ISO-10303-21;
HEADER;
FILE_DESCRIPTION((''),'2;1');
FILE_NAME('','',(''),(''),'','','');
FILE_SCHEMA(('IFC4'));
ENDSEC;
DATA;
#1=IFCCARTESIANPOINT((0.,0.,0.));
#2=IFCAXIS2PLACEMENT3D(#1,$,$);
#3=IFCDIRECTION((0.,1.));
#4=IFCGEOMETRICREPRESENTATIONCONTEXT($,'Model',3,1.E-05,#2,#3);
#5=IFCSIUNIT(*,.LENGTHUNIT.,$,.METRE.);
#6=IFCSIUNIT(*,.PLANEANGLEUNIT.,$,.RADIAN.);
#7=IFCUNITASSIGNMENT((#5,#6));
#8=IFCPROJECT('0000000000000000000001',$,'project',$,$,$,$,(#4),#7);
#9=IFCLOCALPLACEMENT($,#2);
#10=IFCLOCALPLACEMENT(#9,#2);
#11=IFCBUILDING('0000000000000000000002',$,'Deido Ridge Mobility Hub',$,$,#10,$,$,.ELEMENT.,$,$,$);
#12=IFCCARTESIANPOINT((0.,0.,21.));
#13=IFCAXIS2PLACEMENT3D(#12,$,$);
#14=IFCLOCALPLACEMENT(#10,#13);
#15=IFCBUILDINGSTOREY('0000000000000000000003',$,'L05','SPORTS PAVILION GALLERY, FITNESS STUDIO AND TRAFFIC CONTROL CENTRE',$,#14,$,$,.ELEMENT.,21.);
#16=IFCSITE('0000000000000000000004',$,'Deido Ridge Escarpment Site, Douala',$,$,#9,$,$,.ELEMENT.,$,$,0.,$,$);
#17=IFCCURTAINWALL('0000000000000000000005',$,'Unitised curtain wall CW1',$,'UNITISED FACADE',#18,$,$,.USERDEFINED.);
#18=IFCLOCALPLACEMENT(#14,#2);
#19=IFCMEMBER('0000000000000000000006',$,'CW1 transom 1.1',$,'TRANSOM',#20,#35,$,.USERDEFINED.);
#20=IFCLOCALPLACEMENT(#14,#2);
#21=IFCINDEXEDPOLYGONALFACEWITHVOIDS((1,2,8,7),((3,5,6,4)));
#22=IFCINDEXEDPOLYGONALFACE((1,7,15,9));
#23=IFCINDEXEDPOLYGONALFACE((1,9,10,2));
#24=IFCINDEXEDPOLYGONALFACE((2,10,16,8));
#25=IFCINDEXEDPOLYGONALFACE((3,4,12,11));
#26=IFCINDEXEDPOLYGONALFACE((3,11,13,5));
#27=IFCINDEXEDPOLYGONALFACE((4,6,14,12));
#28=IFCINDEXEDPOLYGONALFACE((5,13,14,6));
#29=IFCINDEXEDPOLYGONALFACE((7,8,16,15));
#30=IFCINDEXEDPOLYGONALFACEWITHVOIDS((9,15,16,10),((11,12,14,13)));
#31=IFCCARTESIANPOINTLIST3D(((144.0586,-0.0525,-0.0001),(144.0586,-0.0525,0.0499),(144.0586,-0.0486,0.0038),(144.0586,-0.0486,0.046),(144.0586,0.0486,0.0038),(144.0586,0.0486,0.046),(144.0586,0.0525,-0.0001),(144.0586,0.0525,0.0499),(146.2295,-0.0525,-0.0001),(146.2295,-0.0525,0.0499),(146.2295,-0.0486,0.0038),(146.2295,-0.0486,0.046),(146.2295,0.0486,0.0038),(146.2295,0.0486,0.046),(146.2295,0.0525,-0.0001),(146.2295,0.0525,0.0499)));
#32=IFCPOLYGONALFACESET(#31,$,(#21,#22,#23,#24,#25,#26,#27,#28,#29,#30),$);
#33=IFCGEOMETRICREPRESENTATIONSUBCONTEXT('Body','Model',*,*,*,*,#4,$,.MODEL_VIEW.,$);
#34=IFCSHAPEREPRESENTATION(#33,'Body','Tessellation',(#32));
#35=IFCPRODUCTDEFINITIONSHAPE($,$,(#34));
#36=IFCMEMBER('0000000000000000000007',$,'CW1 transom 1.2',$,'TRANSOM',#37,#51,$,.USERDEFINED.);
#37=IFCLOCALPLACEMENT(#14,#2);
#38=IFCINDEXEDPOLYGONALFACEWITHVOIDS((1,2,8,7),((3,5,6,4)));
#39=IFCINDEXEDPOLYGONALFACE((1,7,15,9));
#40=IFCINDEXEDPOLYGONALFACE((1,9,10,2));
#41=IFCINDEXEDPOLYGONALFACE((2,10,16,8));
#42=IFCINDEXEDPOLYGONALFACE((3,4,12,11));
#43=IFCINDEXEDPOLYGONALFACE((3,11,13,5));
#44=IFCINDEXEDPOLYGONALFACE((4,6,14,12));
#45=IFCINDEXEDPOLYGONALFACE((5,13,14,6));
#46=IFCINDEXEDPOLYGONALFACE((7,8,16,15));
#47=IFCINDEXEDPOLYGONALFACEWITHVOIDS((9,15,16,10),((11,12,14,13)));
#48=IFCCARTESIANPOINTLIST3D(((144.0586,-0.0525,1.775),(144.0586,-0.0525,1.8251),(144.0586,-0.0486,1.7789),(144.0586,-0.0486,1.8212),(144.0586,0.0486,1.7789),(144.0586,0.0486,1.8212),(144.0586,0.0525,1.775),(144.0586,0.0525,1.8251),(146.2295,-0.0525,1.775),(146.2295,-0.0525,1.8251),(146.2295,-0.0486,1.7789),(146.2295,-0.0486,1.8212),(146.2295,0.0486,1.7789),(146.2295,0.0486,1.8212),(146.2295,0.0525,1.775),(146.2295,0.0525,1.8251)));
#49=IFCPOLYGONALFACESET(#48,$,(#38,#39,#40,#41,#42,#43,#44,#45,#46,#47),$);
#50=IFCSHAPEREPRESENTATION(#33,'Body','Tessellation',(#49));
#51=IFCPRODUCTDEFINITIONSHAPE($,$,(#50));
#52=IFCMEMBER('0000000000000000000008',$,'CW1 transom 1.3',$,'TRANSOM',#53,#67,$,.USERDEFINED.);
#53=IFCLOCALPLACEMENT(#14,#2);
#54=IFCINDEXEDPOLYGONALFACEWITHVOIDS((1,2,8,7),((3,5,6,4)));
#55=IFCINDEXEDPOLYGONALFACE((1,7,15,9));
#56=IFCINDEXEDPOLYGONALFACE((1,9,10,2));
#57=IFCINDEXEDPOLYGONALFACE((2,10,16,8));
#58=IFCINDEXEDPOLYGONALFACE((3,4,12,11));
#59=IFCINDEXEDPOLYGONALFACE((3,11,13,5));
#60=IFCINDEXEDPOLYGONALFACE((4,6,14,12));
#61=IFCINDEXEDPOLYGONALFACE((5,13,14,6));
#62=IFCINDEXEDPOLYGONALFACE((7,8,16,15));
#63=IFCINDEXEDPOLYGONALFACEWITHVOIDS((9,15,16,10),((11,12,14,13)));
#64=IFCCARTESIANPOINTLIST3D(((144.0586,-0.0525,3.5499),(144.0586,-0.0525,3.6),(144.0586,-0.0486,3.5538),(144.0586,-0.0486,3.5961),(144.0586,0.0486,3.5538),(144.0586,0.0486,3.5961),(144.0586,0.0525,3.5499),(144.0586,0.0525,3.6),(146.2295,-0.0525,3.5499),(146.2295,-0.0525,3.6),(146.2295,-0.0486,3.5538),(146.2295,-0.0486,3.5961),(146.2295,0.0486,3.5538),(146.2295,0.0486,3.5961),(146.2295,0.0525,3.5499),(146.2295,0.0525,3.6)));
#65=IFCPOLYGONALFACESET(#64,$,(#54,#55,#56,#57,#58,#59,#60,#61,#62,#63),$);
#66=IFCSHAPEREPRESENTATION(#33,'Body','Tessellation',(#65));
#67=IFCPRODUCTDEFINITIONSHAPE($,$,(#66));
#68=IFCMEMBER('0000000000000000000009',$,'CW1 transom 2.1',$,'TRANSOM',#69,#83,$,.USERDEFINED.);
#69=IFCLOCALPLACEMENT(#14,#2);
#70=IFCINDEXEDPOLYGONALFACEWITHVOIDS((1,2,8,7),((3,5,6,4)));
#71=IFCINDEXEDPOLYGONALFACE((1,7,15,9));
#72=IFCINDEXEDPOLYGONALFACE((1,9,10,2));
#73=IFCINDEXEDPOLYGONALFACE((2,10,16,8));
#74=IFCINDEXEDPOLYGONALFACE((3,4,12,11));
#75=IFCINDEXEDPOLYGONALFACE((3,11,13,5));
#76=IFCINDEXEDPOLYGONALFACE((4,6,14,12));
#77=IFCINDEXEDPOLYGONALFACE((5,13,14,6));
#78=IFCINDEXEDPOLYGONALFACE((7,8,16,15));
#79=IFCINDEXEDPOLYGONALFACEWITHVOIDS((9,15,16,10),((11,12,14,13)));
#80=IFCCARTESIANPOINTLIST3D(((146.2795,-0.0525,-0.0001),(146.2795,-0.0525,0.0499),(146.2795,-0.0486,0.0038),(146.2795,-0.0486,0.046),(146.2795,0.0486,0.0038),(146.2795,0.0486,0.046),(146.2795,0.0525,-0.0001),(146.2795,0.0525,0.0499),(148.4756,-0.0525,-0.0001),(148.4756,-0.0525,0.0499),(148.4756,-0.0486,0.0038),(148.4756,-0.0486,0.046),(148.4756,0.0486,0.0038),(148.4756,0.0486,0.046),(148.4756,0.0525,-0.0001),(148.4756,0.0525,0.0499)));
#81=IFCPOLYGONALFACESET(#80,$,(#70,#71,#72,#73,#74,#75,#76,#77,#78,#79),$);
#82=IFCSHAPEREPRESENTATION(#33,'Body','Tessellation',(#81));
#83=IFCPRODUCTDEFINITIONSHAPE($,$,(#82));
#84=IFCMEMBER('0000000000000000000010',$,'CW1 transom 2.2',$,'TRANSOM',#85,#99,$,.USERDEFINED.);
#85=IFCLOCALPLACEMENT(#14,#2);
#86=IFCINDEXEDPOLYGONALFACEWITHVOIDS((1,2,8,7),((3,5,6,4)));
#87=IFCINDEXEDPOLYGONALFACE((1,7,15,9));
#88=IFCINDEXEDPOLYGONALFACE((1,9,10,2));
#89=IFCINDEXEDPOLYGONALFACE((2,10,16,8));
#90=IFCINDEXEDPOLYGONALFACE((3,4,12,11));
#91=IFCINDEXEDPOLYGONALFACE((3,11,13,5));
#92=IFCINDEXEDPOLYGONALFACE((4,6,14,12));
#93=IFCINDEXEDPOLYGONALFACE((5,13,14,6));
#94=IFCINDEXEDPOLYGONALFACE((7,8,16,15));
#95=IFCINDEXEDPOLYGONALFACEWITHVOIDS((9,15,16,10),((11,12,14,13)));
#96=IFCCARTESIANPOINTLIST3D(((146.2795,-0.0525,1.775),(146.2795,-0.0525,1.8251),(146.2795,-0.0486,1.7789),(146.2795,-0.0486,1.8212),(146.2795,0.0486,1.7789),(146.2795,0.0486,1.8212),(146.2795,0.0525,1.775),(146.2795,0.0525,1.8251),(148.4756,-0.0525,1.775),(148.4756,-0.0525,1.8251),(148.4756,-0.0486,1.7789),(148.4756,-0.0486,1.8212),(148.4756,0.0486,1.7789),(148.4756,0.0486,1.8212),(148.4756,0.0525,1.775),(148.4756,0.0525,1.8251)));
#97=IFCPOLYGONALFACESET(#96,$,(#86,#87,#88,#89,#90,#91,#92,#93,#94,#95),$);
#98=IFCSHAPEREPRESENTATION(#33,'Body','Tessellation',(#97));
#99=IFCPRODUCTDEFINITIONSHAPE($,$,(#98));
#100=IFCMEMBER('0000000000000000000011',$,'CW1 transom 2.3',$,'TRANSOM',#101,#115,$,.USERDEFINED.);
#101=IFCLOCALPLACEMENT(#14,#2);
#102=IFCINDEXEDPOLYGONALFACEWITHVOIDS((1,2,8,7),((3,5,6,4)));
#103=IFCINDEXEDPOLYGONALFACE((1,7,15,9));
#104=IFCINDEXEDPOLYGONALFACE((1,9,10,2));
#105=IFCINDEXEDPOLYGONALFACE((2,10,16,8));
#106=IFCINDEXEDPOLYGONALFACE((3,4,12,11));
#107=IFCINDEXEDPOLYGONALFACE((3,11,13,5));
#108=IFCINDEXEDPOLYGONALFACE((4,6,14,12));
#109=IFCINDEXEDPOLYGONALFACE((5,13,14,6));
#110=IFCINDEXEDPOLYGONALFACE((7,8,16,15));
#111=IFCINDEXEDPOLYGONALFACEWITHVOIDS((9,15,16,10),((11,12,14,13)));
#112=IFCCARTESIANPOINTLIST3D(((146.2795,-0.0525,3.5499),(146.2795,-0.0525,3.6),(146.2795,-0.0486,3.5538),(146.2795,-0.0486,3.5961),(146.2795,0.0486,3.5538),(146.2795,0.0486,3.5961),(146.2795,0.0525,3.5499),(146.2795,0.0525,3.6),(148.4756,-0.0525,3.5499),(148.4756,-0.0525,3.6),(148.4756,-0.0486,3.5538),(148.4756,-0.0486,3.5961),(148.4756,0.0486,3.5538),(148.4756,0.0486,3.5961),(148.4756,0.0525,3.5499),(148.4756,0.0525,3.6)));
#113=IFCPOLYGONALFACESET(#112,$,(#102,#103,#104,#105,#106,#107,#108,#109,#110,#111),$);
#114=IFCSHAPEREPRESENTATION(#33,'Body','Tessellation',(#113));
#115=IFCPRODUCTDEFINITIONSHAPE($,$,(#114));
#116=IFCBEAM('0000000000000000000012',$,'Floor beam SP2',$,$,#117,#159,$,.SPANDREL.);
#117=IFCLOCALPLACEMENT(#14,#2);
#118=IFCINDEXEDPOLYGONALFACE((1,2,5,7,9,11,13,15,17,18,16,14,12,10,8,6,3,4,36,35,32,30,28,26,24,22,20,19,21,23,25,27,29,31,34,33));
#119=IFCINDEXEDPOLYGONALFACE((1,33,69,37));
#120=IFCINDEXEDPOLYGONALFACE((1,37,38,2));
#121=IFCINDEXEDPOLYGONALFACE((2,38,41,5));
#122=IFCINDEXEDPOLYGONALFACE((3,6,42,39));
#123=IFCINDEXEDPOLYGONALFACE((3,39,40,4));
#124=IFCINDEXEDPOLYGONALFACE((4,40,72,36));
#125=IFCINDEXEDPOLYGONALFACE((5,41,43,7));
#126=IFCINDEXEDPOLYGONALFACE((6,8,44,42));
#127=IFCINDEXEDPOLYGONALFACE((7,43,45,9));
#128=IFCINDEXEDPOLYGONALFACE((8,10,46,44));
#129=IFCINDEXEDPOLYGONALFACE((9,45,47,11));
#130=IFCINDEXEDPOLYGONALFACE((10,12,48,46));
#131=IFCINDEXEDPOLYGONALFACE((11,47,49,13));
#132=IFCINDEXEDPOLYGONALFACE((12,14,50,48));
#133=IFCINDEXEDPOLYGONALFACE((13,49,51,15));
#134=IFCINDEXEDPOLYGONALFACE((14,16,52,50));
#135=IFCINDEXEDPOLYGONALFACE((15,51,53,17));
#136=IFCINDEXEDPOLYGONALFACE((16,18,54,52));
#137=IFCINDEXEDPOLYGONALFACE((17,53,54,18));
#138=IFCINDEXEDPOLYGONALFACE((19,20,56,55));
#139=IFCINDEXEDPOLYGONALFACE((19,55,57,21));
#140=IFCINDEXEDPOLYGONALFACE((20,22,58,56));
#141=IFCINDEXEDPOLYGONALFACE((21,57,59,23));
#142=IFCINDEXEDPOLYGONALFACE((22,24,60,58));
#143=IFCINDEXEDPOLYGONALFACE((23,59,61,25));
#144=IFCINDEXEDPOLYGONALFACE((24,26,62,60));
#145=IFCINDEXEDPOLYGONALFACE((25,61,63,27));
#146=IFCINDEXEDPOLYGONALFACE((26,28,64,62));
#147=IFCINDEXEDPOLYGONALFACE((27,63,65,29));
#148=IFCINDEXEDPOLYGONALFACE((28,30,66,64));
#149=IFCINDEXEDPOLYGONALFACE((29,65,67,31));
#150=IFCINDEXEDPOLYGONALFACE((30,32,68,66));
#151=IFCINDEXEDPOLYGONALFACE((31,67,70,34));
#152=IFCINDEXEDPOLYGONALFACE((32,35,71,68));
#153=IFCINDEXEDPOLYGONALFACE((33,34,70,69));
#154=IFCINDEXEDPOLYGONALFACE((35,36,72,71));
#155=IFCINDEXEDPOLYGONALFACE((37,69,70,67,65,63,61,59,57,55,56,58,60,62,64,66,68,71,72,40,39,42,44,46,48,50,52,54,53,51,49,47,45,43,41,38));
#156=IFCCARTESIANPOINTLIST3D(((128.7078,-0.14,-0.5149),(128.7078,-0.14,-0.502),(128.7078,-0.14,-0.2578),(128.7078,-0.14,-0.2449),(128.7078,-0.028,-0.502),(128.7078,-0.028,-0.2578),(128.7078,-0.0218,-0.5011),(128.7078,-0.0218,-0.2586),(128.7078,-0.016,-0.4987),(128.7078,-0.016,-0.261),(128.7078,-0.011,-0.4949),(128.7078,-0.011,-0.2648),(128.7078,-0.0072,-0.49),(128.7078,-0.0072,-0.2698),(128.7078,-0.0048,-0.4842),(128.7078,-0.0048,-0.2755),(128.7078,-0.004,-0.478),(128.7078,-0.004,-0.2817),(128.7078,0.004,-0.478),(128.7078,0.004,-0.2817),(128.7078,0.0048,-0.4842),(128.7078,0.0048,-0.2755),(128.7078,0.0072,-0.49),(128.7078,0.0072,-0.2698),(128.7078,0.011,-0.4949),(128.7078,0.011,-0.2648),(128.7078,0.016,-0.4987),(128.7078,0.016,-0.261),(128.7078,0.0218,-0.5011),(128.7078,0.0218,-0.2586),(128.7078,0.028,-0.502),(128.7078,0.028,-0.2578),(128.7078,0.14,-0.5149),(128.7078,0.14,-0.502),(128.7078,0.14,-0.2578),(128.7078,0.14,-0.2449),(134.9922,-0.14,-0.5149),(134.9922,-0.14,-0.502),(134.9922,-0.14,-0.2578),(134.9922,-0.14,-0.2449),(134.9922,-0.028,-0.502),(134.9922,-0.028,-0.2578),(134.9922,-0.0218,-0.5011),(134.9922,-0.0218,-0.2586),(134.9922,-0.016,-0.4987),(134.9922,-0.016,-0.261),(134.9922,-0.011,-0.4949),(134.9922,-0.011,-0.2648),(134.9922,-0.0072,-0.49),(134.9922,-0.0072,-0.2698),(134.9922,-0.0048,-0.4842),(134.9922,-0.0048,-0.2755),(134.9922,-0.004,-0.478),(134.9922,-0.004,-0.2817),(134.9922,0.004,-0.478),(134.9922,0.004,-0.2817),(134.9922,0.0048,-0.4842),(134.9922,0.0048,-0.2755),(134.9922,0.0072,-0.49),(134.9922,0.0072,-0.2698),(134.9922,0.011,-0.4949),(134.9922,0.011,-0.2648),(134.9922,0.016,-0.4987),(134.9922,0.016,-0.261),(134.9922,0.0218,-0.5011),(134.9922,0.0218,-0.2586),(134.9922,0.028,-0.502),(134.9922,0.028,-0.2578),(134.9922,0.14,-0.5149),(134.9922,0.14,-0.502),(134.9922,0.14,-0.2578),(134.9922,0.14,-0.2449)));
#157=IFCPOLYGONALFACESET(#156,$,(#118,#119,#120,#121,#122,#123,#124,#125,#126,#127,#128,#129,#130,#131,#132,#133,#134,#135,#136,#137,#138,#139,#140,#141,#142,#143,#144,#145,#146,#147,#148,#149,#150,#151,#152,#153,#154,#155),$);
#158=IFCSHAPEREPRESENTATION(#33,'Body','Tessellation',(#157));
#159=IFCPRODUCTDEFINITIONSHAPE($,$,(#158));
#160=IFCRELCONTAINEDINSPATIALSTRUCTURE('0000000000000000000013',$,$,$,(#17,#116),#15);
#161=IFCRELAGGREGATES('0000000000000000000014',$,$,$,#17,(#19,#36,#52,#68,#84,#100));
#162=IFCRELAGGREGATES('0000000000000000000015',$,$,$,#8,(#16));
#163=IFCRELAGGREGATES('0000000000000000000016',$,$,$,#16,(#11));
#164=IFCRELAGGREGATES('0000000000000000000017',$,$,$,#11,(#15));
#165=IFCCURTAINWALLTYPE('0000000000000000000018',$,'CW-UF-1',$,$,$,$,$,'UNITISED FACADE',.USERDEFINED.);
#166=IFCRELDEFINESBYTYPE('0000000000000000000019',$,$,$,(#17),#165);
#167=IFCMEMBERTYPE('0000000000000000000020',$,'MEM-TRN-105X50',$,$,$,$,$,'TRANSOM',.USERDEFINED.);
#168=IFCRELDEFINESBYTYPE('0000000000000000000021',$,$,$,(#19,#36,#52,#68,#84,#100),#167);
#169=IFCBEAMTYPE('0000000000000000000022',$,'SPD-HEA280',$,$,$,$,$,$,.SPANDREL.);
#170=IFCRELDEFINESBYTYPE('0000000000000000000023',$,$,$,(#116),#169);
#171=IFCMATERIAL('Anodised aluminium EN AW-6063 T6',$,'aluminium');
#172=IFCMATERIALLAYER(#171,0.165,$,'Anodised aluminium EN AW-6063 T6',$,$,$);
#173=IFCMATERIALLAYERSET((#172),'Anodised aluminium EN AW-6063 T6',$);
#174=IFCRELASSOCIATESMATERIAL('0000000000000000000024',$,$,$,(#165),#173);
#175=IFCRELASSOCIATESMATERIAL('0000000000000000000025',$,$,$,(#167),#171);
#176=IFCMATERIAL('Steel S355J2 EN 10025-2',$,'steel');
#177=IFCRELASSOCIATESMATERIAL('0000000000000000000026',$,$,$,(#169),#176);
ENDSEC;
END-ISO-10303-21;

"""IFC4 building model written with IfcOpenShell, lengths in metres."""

from ifc_helpers import new_model, si_unit, direction, frame, origin, origin_2d, place, context, subcontext, project, spatial, hollow_rectangle, i_section, extrude, material, layer, layer_set, material_profile, profile_set, type_object, element, aggregate, save


model = new_model("IFC4")

# Units and contexts
model_context = context("Model", 3, precision=1e-05, world=origin(), true_north=direction((0.0, 1.0)))
body_context = subcontext(model_context, "Body", "Model", "MODEL_VIEW")
ifc_project = project(units=[si_unit("LENGTHUNIT", "METRE"), si_unit("PLANEANGLEUNIT", "RADIAN")], contexts=[model_context])

# Site, building, storey
site_placement = place(None, origin())
site = spatial("IfcSite", under=ifc_project, at=site_placement, Name="Deido Ridge Escarpment Site, Douala", CompositionType="ELEMENT", RefElevation=0.0)
building_placement = place(site_placement, origin())
building = spatial("IfcBuilding", under=site, at=building_placement, Name="Deido Ridge Mobility Hub", CompositionType="ELEMENT")
storey_placement = place(building_placement, frame((0.0, 0.0, 21.0)))
storey = spatial("IfcBuildingStorey", under=building, at=storey_placement, Name="L05", Description="SPORTS PAVILION GALLERY, FITNESS STUDIO AND TRAFFIC CONTROL CENTRE", CompositionType="ELEMENT", Elevation=21.0)

# Shared definitions
ifc_material_1 = material(Name="Steel S355J2 EN 10025-2", Category="steel")

# Curtain wall
ifc_material_2 = material(Name="Anodised aluminium EN AW-6063 T6", Category="aluminium")
ifc_layer_1 = layer(ifc_material_2, 0.165, Name="Anodised aluminium EN AW-6063 T6")
ifc_layer_set_1 = layer_set([ifc_layer_1], Name="Anodised aluminium EN AW-6063 T6")
curtain_wall_type = type_object("IfcCurtainWallType", Name="CW-UF-1", ElementType="UNITISED FACADE", PredefinedType="USERDEFINED", material=ifc_layer_set_1)
curtain_wall_placement = place(storey_placement, origin())
curtain_wall = element("IfcCurtainWall", 1, at=curtain_wall_placement, inside=storey, type_object=curtain_wall_type, Name="Unitised curtain wall CW1", ObjectType="UNITISED FACADE", PredefinedType="USERDEFINED")

# Members
ifc_material_profile_1 = material_profile(ifc_material_2, hollow_rectangle(XDim=0.105, YDim=0.05, WallThickness=0.0039, at=origin_2d()), Name="RHS 105x50x4")
ifc_profile_set_1 = profile_set([ifc_material_profile_1], Name="Anodised aluminium EN AW-6063 T6")
member_type_1 = type_object("IfcMemberType", Name="MEM-TRN-105X50", ElementType="TRANSOM", PredefinedType="USERDEFINED", material=ifc_profile_set_1)
member_1_placement = place(storey_placement, frame((144.0586, 0.0, 0.0249), z_axis=(1.0, 0.0, 0.0), x_axis=(0.0, 1.0, 0.0)))
member_1 = element("IfcMember", 2, at=member_1_placement, type_object=member_type_1, Name="CW1 transom 1.1", ObjectType="TRANSOM", PredefinedType="USERDEFINED", context=body_context, shape_type="SweptSolid", body=[
    extrude(hollow_rectangle(XDim=0.105, YDim=0.05, WallThickness=0.0039, at=origin_2d()), origin(), (0.0, 0.0, 1.0), 2.1709),
])
member_2_placement = place(storey_placement, frame((144.0586, 0.0, 1.8), z_axis=(1.0, 0.0, 0.0), x_axis=(0.0, 1.0, 0.0)))
member_2 = element("IfcMember", 3, at=member_2_placement, type_object=member_type_1, Name="CW1 transom 1.2", ObjectType="TRANSOM", PredefinedType="USERDEFINED", context=body_context, shape_type="SweptSolid", body=[
    extrude(hollow_rectangle(XDim=0.105, YDim=0.05, WallThickness=0.0039, at=origin_2d()), origin(), (0.0, 0.0, 1.0), 2.1709),
])
member_3_placement = place(storey_placement, frame((144.0586, 0.0, 3.575), z_axis=(1.0, 0.0, 0.0), x_axis=(0.0, 1.0, 0.0)))
member_3 = element("IfcMember", 4, at=member_3_placement, type_object=member_type_1, Name="CW1 transom 1.3", ObjectType="TRANSOM", PredefinedType="USERDEFINED", context=body_context, shape_type="SweptSolid", body=[
    extrude(hollow_rectangle(XDim=0.105, YDim=0.05, WallThickness=0.0039, at=origin_2d()), origin(), (0.0, 0.0, 1.0), 2.1709),
])
member_4_placement = place(storey_placement, frame((146.2795, 0.0, 0.0249), z_axis=(1.0, 0.0, 0.0), x_axis=(0.0, 1.0, 0.0)))
member_4 = element("IfcMember", 5, at=member_4_placement, type_object=member_type_1, Name="CW1 transom 2.1", ObjectType="TRANSOM", PredefinedType="USERDEFINED", context=body_context, shape_type="SweptSolid", body=[
    extrude(hollow_rectangle(XDim=0.105, YDim=0.05, WallThickness=0.0039, at=origin_2d()), origin(), (0.0, 0.0, 1.0), 2.196),
])
member_5_placement = place(storey_placement, frame((146.2795, 0.0, 1.8), z_axis=(1.0, 0.0, 0.0), x_axis=(0.0, 1.0, 0.0)))
member_5 = element("IfcMember", 6, at=member_5_placement, type_object=member_type_1, Name="CW1 transom 2.2", ObjectType="TRANSOM", PredefinedType="USERDEFINED", context=body_context, shape_type="SweptSolid", body=[
    extrude(hollow_rectangle(XDim=0.105, YDim=0.05, WallThickness=0.0039, at=origin_2d()), origin(), (0.0, 0.0, 1.0), 2.196),
])
member_6_placement = place(storey_placement, frame((146.2795, 0.0, 3.575), z_axis=(1.0, 0.0, 0.0), x_axis=(0.0, 1.0, 0.0)))
member_6 = element("IfcMember", 7, at=member_6_placement, type_object=member_type_1, Name="CW1 transom 2.3", ObjectType="TRANSOM", PredefinedType="USERDEFINED", context=body_context, shape_type="SweptSolid", body=[
    extrude(hollow_rectangle(XDim=0.105, YDim=0.05, WallThickness=0.0039, at=origin_2d()), origin(), (0.0, 0.0, 1.0), 2.196),
])

# Beam
ifc_material_profile_2 = material_profile(ifc_material_1, i_section(OverallWidth=0.28, OverallDepth=0.27, WebThickness=0.0081, FlangeThickness=0.0129, FilletRadius=0.0239, at=origin_2d()), Name="HEA 280")
ifc_profile_set_2 = profile_set([ifc_material_profile_2], Name="Steel S355J2 EN 10025-2")
beam_type_1 = type_object("IfcBeamType", Name="SPD-HEA280", PredefinedType="SPANDREL", material=ifc_profile_set_2)
beam_1_placement = place(storey_placement, frame((128.7078, 0.0, -0.3799), z_axis=(1.0, 0.0, 0.0), x_axis=(0.0, 1.0, 0.0)))
element("IfcBeam", 8, at=beam_1_placement, inside=storey, type_object=beam_type_1, Name="Floor beam SP2", PredefinedType="SPANDREL", context=body_context, shape_type="SweptSolid", body=[
    extrude(i_section(OverallWidth=0.28, OverallDepth=0.27, WebThickness=0.0081, FlangeThickness=0.0129, FilletRadius=0.0239, at=origin_2d()), origin(), (0.0, 0.0, 1.0), 6.2844),
])

aggregate(curtain_wall, [member_1, member_2, member_3, member_4, member_5, member_6])

save(model, "model.ifc")
